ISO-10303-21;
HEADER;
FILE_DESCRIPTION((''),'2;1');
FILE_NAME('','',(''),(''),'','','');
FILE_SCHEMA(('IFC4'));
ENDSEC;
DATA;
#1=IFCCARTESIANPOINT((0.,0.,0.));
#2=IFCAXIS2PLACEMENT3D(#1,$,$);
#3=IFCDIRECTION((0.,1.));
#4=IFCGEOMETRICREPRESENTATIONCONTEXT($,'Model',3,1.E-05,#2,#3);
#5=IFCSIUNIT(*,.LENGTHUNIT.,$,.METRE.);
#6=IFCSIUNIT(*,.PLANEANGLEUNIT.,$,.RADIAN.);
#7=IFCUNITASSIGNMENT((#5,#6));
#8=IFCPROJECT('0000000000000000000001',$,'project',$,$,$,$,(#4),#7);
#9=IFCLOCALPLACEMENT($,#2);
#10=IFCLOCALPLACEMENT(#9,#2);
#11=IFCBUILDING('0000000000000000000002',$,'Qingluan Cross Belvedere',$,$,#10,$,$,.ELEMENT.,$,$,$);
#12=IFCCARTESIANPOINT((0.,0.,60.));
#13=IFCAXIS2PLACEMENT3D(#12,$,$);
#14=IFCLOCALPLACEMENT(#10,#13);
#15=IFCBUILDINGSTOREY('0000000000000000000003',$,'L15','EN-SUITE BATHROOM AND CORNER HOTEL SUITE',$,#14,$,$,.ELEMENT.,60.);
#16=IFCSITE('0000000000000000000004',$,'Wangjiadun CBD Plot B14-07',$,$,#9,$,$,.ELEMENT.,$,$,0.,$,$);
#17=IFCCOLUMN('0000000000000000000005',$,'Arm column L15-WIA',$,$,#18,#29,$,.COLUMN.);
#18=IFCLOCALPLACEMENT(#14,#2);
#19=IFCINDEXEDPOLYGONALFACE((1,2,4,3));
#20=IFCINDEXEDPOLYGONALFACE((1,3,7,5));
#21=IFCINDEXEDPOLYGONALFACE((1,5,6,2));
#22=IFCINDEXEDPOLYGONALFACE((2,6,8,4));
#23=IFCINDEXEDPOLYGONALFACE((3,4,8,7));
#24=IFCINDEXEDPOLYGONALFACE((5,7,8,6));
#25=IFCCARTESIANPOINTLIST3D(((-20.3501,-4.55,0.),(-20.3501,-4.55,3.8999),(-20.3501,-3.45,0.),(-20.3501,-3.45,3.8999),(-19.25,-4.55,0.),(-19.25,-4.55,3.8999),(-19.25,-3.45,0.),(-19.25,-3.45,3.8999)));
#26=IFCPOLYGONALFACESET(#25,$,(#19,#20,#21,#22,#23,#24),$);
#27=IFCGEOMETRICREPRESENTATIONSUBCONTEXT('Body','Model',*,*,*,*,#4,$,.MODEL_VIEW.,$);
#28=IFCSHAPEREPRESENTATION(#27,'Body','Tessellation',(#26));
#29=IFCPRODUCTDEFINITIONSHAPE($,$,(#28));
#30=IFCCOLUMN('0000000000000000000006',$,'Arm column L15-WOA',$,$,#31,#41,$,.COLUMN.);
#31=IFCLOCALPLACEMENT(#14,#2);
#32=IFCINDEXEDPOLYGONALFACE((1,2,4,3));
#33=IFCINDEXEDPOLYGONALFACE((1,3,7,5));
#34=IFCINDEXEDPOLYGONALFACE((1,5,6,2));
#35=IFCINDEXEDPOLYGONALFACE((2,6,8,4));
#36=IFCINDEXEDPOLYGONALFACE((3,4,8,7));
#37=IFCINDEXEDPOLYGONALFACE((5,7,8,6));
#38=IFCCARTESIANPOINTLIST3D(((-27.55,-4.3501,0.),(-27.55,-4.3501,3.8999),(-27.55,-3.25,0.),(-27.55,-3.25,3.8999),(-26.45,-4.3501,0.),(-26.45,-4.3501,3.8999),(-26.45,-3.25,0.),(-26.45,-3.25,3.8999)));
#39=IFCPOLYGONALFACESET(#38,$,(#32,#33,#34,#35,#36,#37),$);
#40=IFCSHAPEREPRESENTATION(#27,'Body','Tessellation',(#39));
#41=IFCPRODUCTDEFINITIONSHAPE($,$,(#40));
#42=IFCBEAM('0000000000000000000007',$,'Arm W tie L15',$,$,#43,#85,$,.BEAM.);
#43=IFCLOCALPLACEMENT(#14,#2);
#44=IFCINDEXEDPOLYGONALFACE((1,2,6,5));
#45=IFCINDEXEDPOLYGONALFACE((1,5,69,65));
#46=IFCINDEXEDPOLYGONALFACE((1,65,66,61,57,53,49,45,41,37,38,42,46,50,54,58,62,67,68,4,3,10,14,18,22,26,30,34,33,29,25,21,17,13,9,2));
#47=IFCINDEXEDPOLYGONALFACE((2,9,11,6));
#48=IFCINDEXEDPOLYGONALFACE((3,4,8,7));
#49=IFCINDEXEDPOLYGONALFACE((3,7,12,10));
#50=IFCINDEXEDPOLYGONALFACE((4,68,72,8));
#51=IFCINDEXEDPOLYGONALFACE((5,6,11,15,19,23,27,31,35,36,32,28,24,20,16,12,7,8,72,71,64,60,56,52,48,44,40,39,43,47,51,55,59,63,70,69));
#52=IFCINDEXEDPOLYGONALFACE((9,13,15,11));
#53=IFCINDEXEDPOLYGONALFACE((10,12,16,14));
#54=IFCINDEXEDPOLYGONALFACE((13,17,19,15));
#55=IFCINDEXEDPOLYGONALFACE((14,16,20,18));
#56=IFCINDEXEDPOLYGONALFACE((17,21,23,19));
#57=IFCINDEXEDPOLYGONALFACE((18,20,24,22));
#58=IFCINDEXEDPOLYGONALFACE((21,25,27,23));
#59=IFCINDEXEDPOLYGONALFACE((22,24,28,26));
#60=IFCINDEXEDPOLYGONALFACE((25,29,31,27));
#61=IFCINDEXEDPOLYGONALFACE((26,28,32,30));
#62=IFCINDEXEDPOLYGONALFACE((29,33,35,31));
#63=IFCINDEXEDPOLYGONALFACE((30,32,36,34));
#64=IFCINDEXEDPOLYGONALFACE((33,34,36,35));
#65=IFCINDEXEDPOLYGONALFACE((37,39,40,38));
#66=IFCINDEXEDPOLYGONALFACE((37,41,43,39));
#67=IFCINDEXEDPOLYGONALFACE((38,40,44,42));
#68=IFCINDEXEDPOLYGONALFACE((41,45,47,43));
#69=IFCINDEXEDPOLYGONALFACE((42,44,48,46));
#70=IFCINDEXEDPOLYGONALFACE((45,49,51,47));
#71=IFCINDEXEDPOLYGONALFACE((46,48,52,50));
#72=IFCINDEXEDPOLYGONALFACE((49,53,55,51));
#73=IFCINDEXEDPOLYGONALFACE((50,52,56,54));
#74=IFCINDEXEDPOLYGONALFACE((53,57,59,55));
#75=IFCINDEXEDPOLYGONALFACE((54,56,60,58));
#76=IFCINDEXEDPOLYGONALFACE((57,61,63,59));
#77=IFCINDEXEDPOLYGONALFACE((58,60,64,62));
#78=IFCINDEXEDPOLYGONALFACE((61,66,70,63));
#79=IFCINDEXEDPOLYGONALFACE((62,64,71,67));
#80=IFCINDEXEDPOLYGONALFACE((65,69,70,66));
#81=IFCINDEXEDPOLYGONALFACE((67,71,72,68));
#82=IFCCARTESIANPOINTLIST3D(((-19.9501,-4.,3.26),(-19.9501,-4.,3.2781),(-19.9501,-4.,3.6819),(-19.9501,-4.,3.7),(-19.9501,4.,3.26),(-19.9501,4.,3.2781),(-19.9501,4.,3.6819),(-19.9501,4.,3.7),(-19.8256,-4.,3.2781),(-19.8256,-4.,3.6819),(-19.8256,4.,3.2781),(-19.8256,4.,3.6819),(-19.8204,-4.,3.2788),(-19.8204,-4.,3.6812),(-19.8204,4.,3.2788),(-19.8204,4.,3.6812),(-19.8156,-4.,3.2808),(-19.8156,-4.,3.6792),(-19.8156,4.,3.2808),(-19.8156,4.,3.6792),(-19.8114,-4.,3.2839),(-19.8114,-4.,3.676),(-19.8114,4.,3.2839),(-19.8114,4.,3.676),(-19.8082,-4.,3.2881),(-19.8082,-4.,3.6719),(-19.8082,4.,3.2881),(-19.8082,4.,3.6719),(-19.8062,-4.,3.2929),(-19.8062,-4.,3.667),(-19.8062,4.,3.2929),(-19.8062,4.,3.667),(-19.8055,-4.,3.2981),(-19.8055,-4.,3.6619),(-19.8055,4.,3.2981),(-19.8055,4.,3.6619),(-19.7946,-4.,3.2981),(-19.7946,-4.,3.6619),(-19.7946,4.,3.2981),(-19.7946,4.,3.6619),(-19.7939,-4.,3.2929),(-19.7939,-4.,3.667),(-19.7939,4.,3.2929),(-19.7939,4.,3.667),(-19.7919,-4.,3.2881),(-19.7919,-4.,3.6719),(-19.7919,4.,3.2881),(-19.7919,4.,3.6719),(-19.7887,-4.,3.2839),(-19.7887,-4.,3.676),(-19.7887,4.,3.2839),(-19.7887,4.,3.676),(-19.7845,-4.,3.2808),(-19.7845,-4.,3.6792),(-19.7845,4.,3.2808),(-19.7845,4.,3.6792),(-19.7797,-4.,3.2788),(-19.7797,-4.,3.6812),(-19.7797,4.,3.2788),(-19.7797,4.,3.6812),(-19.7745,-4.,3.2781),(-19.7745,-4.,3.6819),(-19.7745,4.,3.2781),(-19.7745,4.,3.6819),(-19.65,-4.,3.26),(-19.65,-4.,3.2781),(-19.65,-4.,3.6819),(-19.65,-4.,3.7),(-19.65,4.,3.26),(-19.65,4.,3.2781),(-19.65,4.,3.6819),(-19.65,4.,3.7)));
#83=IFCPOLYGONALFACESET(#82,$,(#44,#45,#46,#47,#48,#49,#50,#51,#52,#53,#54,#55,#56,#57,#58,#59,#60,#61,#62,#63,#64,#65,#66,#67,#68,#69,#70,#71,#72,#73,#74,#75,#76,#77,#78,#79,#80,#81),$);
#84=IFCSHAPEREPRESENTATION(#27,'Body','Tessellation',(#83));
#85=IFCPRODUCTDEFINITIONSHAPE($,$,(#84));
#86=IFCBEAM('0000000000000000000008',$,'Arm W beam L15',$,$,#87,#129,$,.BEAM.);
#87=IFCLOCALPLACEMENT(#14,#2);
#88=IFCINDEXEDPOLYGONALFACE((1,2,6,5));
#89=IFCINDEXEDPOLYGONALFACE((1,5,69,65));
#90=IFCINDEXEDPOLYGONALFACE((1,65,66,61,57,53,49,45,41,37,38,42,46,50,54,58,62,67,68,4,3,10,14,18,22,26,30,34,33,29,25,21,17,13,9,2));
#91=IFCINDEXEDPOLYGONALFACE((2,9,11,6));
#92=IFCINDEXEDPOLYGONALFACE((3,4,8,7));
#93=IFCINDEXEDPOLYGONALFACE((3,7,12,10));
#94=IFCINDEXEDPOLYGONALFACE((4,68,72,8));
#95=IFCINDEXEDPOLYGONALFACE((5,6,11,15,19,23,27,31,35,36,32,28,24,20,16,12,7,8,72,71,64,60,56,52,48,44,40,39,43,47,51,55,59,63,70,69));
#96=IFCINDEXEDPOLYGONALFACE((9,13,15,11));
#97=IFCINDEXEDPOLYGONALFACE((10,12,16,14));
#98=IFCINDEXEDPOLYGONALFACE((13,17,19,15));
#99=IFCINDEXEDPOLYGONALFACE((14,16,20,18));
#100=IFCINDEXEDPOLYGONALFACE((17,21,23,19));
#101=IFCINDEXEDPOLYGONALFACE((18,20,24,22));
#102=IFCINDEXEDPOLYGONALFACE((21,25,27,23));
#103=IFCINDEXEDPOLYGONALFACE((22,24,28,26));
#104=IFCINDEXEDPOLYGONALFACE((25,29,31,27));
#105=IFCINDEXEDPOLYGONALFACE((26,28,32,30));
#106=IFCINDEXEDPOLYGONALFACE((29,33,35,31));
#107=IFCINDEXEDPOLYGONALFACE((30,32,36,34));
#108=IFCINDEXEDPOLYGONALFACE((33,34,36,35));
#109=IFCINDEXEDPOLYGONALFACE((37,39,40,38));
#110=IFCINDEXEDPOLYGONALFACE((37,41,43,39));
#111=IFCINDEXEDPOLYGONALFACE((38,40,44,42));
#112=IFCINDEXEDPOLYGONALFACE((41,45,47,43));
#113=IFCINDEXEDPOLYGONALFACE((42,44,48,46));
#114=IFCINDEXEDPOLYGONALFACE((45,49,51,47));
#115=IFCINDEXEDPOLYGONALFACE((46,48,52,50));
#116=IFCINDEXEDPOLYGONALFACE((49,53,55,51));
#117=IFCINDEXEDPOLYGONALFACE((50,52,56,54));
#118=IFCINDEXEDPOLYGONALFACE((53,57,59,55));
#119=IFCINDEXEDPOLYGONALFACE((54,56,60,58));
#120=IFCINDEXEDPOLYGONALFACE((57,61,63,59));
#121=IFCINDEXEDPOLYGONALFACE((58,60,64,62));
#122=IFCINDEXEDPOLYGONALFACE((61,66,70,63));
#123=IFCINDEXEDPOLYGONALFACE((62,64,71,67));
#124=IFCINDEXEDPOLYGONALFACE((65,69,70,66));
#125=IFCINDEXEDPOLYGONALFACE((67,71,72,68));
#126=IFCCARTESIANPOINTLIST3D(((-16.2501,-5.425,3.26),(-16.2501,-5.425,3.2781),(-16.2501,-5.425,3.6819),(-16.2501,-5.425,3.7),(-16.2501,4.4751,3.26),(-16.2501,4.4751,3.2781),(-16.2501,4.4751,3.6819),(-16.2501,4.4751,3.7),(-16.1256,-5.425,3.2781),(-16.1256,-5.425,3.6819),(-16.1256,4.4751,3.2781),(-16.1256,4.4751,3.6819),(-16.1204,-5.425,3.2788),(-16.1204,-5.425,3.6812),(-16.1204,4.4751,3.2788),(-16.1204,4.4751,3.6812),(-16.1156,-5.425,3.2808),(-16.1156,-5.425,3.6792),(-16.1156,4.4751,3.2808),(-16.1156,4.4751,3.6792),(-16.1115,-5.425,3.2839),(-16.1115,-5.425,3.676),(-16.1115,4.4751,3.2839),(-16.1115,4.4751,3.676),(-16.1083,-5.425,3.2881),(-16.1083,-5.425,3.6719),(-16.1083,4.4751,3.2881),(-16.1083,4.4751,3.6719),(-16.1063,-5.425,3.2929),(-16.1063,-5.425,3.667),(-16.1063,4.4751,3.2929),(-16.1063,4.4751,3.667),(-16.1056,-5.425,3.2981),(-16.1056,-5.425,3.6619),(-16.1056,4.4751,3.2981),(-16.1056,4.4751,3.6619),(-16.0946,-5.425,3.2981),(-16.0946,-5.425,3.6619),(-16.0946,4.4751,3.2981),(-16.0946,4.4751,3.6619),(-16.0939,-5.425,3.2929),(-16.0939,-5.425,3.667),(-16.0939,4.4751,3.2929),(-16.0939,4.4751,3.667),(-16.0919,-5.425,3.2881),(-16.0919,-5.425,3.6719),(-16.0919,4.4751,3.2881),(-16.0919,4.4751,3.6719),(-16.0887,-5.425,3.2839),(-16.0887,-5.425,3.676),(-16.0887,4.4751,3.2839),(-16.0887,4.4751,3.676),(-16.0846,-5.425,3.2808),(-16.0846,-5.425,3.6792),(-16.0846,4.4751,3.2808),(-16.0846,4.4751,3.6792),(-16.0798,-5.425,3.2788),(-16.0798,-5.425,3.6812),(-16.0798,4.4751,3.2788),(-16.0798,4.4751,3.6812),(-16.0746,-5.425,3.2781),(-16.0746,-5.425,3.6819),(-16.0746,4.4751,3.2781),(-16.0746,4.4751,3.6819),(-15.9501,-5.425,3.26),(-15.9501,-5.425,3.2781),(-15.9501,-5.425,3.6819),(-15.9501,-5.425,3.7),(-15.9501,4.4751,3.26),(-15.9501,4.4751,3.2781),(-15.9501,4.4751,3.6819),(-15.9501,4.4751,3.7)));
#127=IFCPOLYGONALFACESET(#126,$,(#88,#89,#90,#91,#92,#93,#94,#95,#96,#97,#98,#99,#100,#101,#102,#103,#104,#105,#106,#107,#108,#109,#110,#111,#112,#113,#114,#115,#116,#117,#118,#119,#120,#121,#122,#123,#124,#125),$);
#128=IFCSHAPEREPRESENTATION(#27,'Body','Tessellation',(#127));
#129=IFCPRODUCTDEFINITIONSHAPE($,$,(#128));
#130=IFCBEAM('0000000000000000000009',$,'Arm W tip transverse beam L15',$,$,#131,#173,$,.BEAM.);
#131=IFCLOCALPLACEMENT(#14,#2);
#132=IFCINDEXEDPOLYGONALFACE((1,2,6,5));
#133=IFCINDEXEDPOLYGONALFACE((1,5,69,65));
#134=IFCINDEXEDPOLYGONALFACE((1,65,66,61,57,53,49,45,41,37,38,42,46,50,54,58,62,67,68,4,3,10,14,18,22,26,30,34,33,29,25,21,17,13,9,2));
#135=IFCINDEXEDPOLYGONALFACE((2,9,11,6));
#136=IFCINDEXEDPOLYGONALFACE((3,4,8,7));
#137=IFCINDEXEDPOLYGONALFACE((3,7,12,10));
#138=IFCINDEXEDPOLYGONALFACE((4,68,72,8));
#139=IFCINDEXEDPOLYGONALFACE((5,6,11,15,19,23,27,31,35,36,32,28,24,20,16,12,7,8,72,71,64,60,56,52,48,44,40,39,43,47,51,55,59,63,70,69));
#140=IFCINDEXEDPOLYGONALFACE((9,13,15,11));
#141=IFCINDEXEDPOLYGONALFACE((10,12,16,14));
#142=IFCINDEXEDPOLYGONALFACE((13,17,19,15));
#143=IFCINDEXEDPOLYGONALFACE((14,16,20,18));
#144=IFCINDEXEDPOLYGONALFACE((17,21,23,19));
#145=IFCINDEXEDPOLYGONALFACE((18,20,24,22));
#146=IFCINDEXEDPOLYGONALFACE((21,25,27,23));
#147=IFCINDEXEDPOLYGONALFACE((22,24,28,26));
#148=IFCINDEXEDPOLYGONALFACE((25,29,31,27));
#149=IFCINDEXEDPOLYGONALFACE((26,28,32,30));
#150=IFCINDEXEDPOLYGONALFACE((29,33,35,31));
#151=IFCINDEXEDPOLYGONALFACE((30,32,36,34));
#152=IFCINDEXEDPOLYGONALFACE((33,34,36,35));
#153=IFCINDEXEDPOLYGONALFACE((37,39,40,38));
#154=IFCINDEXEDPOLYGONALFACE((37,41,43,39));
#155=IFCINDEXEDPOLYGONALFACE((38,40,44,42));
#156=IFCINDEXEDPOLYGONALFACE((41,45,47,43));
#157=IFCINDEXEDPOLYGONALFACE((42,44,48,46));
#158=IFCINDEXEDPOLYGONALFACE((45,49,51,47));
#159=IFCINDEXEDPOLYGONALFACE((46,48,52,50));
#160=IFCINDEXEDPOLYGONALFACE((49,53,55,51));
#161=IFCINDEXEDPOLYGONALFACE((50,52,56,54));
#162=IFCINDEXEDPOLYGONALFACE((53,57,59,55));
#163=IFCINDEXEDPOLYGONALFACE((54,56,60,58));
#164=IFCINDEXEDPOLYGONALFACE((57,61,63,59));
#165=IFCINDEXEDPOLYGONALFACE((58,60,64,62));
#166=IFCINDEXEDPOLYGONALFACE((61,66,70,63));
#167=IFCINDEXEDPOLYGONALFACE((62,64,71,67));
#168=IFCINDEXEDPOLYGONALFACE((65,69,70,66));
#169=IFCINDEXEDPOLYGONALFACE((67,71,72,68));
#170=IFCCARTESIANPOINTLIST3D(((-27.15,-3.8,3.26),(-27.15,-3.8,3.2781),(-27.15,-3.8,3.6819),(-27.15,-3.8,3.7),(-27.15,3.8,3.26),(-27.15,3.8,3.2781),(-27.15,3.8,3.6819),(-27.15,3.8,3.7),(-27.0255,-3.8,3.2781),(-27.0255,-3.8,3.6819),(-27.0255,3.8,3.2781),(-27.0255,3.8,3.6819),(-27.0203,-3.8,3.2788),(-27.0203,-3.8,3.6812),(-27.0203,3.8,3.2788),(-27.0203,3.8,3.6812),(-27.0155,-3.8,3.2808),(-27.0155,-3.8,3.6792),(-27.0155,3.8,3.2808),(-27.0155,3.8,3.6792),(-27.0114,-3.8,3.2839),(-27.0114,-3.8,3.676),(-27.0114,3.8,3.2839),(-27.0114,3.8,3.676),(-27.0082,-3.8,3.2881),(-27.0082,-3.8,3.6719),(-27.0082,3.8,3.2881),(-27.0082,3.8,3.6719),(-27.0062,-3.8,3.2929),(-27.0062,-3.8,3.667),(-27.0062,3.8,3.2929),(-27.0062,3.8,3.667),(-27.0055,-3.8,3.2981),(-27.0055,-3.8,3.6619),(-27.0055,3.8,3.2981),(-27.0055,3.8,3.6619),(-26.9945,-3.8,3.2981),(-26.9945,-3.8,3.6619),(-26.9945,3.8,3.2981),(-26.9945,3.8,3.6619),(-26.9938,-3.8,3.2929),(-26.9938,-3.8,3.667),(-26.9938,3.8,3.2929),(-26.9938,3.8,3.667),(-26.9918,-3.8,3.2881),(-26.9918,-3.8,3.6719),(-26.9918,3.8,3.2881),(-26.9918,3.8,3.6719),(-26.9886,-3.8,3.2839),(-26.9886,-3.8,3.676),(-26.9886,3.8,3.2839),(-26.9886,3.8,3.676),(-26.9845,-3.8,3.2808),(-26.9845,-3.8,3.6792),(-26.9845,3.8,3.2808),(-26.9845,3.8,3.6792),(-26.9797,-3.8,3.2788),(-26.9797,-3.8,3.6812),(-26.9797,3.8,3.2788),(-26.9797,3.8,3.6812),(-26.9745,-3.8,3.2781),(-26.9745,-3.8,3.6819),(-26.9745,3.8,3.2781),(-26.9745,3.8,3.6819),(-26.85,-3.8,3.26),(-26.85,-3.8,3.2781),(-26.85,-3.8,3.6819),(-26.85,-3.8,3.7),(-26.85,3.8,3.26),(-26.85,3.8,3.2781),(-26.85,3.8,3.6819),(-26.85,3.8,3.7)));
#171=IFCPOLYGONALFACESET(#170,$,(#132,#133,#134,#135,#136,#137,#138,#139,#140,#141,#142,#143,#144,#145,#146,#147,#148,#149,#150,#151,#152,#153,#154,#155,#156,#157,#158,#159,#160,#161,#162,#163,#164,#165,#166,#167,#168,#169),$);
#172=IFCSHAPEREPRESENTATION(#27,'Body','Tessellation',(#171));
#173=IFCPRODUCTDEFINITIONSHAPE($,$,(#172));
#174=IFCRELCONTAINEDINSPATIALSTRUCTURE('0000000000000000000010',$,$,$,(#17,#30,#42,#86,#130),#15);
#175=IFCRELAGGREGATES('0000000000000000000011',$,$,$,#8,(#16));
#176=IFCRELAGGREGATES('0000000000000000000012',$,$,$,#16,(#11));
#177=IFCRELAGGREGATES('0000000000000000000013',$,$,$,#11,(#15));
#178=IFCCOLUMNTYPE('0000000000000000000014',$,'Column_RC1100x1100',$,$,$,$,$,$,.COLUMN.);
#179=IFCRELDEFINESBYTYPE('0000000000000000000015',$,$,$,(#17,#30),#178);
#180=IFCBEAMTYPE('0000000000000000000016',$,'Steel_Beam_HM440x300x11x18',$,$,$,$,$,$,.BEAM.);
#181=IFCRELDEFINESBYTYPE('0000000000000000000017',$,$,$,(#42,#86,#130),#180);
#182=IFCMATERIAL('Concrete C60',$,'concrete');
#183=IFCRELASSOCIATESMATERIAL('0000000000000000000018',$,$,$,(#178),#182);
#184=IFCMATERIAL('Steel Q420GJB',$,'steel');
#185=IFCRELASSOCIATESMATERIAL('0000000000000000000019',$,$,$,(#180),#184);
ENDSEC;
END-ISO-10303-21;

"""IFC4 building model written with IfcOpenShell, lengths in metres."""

from ifc_helpers import new_model, si_unit, direction, frame, origin, origin_2d, place, context, subcontext, project, spatial, rectangle, i_section, extrude, material, material_profile, profile_set, type_object, element, save


model = new_model("IFC4")

# Units and contexts
model_context = context("Model", 3, precision=1e-05, world=origin(), true_north=direction((0.0, 1.0)))
body_context = subcontext(model_context, "Body", "Model", "MODEL_VIEW")
ifc_project = project(units=[si_unit("LENGTHUNIT", "METRE"), si_unit("PLANEANGLEUNIT", "RADIAN")], contexts=[model_context])

# Site, building, storey
site_placement = place(None, origin())
site = spatial("IfcSite", under=ifc_project, at=site_placement, Name="Wangjiadun CBD Plot B14-07", CompositionType="ELEMENT", RefElevation=0.0)
building_placement = place(site_placement, origin())
building = spatial("IfcBuilding", under=site, at=building_placement, Name="Qingluan Cross Belvedere", CompositionType="ELEMENT")
storey_placement = place(building_placement, frame((0.0, 0.0, 60.0)))
storey = spatial("IfcBuildingStorey", under=building, at=storey_placement, Name="L15", Description="EN-SUITE BATHROOM AND CORNER HOTEL SUITE", CompositionType="ELEMENT", Elevation=60.0)

# Columns
ifc_material_1 = material(Name="Concrete C60", Category="concrete")
ifc_material_profile_1 = material_profile(ifc_material_1, rectangle(XDim=1.1001, YDim=1.1001, at=origin_2d()), Name="RC1100x1100")
ifc_profile_set_1 = profile_set([ifc_material_profile_1], Name="Concrete C60")
column_type = type_object("IfcColumnType", Name="Column_RC1100x1100", PredefinedType="COLUMN", material=ifc_profile_set_1)
for number, where, z_axis, x_axis, name in (
    (1, (-19.8, -4.0, 0.0), (0.0, 0.0, 1.0), (1.0, 0.0, 0.0), "Arm column L15-WIA"),
    (2, (-27.0, -3.8, 0.0), (0.0, 0.0, 1.0), (1.0, 0.0, 0.0), "Arm column L15-WOA"),
):
    element("IfcColumn", number, at=place(storey_placement, frame(where, z_axis=z_axis, x_axis=x_axis)), inside=storey, type_object=column_type, Name=name, PredefinedType="COLUMN", context=body_context, shape_type="SweptSolid", body=[
        extrude(rectangle(XDim=1.1001, YDim=1.1001, at=origin_2d()), origin(), (0.0, 0.0, 1.0), 3.8999),
    ])

# Beams
ifc_material_2 = material(Name="Steel Q420GJB", Category="steel")
ifc_material_profile_2 = material_profile(ifc_material_2, i_section(OverallWidth=0.3, OverallDepth=0.4399, WebThickness=0.011, FlangeThickness=0.0181, FilletRadius=0.02, at=origin_2d()), Name="HM440x300x11x18")
ifc_profile_set_2 = profile_set([ifc_material_profile_2], Name="Steel Q420GJB")
beam_type_1 = type_object("IfcBeamType", Name="Steel_Beam_HM440x300x11x18", PredefinedType="BEAM", material=ifc_profile_set_2)
beam_1_placement = place(storey_placement, frame((-19.8, -4.0, 3.48), z_axis=(0.0, 1.0, 0.0), x_axis=(-1.0, 0.0, 0.0)))
element("IfcBeam", 3, at=beam_1_placement, inside=storey, type_object=beam_type_1, Name="Arm W tie L15", PredefinedType="BEAM", context=body_context, shape_type="SweptSolid", body=[
    extrude(i_section(OverallWidth=0.3, OverallDepth=0.4399, WebThickness=0.011, FlangeThickness=0.0181, FilletRadius=0.02, at=origin_2d()), origin(), (0.0, 0.0, 1.0), 8.0),
])
beam_2_placement = place(storey_placement, frame((-16.1001, -5.425, 3.48), z_axis=(0.0, 1.0, 0.0), x_axis=(-1.0, 0.0, 0.0)))
element("IfcBeam", 4, at=beam_2_placement, inside=storey, type_object=beam_type_1, Name="Arm W beam L15", PredefinedType="BEAM", context=body_context, shape_type="SweptSolid", body=[
    extrude(i_section(OverallWidth=0.3, OverallDepth=0.4399, WebThickness=0.011, FlangeThickness=0.0181, FilletRadius=0.02, at=origin_2d()), origin(), (0.0, 0.0, 1.0), 9.9001),
])
beam_3_placement = place(storey_placement, frame((-27.0, -3.8, 3.48), z_axis=(0.0, 1.0, 0.0), x_axis=(-1.0, 0.0, 0.0)))
element("IfcBeam", 5, at=beam_3_placement, inside=storey, type_object=beam_type_1, Name="Arm W tip transverse beam L15", PredefinedType="BEAM", context=body_context, shape_type="SweptSolid", body=[
    extrude(i_section(OverallWidth=0.3, OverallDepth=0.4399, WebThickness=0.011, FlangeThickness=0.0181, FilletRadius=0.02, at=origin_2d()), origin(), (0.0, 0.0, 1.0), 7.6001),
])

save(model, "model.ifc")
